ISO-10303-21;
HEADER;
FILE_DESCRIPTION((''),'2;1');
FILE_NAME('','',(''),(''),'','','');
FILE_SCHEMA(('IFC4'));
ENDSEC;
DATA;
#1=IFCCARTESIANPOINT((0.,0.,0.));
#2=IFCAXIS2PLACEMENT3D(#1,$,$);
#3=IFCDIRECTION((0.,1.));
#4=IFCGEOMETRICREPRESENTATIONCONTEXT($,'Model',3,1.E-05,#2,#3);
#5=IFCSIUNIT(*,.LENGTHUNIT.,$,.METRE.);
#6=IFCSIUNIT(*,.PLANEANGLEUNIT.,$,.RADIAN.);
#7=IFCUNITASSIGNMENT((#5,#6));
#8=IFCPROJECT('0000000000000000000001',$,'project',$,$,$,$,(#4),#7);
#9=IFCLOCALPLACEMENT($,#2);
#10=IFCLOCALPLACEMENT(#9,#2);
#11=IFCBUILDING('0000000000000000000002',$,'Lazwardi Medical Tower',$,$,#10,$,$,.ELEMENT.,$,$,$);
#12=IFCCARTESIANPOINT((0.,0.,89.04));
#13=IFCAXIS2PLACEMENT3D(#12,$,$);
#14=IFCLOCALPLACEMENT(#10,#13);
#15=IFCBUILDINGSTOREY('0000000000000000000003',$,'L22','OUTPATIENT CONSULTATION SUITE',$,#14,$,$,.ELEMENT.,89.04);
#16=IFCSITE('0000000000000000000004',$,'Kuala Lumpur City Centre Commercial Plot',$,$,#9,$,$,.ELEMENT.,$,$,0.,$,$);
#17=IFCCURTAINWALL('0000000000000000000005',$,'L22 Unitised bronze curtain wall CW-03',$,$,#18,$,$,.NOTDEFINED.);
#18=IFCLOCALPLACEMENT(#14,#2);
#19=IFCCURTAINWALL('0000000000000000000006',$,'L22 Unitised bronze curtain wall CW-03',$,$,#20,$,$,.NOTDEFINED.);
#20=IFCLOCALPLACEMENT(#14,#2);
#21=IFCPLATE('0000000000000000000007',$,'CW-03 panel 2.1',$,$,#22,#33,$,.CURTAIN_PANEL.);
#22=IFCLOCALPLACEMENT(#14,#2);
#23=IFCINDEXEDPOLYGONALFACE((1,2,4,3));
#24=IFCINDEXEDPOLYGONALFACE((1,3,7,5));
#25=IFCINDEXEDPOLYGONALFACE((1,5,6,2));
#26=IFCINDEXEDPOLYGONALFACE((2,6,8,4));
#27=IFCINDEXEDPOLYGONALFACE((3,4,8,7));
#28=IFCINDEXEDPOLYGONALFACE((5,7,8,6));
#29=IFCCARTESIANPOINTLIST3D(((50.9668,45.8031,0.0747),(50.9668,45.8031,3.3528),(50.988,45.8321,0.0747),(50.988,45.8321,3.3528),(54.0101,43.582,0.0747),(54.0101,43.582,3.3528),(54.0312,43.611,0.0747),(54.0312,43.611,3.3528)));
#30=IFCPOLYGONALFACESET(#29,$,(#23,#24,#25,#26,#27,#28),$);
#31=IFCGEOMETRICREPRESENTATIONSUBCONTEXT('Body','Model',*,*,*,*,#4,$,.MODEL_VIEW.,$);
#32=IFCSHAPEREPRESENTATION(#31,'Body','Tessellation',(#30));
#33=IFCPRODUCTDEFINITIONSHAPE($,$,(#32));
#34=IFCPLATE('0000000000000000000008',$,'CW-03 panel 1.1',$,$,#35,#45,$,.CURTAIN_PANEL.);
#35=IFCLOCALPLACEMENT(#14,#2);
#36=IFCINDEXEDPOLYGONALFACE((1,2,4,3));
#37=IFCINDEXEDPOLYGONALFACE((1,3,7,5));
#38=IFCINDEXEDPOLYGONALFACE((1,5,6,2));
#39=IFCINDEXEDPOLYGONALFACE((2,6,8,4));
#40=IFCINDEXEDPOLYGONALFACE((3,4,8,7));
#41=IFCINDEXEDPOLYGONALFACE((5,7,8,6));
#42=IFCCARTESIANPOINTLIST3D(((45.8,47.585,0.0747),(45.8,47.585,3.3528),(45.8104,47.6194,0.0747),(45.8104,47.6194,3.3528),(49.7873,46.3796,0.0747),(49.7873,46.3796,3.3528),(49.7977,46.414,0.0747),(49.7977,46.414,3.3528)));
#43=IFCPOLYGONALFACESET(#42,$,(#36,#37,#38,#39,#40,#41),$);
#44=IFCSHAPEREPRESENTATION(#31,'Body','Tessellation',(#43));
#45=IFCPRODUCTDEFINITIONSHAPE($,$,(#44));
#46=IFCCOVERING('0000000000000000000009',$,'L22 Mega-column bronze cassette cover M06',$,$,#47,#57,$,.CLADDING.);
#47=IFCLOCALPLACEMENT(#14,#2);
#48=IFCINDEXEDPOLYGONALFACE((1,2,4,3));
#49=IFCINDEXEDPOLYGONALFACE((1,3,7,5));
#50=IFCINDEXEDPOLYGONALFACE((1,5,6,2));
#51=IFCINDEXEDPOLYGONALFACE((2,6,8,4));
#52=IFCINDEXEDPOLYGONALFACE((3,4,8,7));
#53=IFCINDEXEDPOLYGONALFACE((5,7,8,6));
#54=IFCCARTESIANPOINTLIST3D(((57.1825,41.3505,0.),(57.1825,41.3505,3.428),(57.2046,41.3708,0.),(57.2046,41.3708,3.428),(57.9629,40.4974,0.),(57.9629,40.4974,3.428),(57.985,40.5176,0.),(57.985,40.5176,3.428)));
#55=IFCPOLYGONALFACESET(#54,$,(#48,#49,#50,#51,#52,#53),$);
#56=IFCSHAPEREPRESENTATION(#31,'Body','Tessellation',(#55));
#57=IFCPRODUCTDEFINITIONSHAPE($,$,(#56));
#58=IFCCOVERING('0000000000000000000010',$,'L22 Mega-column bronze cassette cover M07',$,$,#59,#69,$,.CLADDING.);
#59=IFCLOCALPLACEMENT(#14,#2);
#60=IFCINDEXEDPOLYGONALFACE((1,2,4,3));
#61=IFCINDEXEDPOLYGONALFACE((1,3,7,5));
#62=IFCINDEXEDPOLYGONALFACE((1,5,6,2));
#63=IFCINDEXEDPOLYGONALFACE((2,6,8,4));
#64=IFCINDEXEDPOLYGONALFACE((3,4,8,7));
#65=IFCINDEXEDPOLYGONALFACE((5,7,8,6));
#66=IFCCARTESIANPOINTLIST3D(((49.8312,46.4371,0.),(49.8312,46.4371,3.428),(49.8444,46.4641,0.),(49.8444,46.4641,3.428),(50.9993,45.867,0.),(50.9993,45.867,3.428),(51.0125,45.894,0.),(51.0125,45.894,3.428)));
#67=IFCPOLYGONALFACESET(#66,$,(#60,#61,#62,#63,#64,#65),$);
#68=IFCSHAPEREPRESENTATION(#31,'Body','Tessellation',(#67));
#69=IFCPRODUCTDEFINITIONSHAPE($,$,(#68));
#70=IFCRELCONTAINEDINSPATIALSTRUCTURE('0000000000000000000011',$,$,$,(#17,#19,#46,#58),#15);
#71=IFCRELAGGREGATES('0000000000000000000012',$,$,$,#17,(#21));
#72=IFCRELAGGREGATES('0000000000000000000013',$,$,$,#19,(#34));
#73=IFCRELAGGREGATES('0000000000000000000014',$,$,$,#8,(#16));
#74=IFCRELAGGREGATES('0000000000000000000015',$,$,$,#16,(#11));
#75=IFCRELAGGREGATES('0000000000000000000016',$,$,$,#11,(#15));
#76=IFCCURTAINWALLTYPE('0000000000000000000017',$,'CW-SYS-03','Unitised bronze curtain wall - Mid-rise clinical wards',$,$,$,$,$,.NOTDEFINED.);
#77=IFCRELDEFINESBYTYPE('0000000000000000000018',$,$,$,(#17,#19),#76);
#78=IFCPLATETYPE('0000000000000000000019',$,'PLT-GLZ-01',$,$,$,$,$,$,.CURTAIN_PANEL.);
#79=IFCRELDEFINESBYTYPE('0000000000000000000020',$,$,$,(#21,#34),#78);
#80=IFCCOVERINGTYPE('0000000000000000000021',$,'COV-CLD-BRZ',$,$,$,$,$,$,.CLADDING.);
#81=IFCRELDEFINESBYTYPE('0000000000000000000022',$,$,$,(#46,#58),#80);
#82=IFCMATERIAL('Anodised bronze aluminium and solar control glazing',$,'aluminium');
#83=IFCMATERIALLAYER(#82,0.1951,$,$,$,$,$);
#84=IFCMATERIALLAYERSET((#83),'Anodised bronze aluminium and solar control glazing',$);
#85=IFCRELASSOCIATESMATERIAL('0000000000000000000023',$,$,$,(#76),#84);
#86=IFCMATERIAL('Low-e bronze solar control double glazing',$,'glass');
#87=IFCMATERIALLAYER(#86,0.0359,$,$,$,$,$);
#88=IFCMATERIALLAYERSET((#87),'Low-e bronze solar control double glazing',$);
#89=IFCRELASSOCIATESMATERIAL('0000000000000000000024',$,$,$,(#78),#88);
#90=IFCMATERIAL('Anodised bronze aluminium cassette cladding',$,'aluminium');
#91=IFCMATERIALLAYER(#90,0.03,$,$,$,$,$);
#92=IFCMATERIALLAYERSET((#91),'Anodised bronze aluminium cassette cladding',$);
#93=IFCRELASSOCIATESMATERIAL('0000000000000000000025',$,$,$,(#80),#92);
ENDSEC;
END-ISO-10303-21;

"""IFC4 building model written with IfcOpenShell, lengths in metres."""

from ifc_helpers import new_model, si_unit, direction, frame, origin, origin_2d, place, context, subcontext, project, spatial, rectangle, extrude, material, layer, layer_set, type_object, element, aggregate, save


model = new_model("IFC4")

# Units and contexts
model_context = context("Model", 3, precision=1e-05, world=origin(), true_north=direction((0.0, 1.0)))
body_context = subcontext(model_context, "Body", "Model", "MODEL_VIEW")
ifc_project = project(units=[si_unit("LENGTHUNIT", "METRE"), si_unit("PLANEANGLEUNIT", "RADIAN")], contexts=[model_context])

# Site, building, storey
site_placement = place(None, origin())
site = spatial("IfcSite", under=ifc_project, at=site_placement, Name="Kuala Lumpur City Centre Commercial Plot", CompositionType="ELEMENT", RefElevation=0.0)
building_placement = place(site_placement, origin())
building = spatial("IfcBuilding", under=site, at=building_placement, Name="Lazwardi Medical Tower", CompositionType="ELEMENT")
storey_placement = place(building_placement, frame((0.0, 0.0, 89.04)))
storey = spatial("IfcBuildingStorey", under=building, at=storey_placement, Name="L22", Description="OUTPATIENT CONSULTATION SUITE", CompositionType="ELEMENT", Elevation=89.04)

# Shared definitions
ifc_material_1 = material(Name="Anodised bronze aluminium and solar control glazing", Category="aluminium")
ifc_layer_1 = layer(ifc_material_1, 0.1951)
ifc_layer_set_1 = layer_set([ifc_layer_1], Name="Anodised bronze aluminium and solar control glazing")
curtain_wall_type = type_object("IfcCurtainWallType", Name="CW-SYS-03", Description="Unitised bronze curtain wall - Mid-rise clinical wards", PredefinedType="NOTDEFINED", material=ifc_layer_set_1)

# Curtain wall
curtain_wall_1_placement = place(storey_placement, origin())
curtain_wall_1 = element("IfcCurtainWall", 1, at=curtain_wall_1_placement, inside=storey, type_object=curtain_wall_type, Name="L22 Unitised bronze curtain wall CW-03", PredefinedType="NOTDEFINED")

# Curtain wall
curtain_wall_2_placement = place(storey_placement, origin())
curtain_wall_2 = element("IfcCurtainWall", 2, at=curtain_wall_2_placement, inside=storey, type_object=curtain_wall_type, Name="L22 Unitised bronze curtain wall CW-03", PredefinedType="NOTDEFINED")

# Plates
ifc_material_2 = material(Name="Low-e bronze solar control double glazing", Category="glass")
ifc_layer_2 = layer(ifc_material_2, 0.0359)
ifc_layer_set_2 = layer_set([ifc_layer_2], Name="Low-e bronze solar control double glazing")
plate_type = type_object("IfcPlateType", Name="PLT-GLZ-01", PredefinedType="CURTAIN_PANEL", material=ifc_layer_set_2)
plate_1_placement = place(storey_placement, frame((52.499, 44.707, 0.0747), z_axis=(0.0, 0.0, 1.0), x_axis=(-0.807746, 0.589531, 0.0)))
plate_1 = element("IfcPlate", 3, at=plate_1_placement, type_object=plate_type, Name="CW-03 panel 2.1", PredefinedType="CURTAIN_PANEL", context=body_context, shape_type="SweptSolid", body=[
    extrude(rectangle(XDim=3.7676, YDim=0.0359, at=origin_2d()), origin(), (0.0, 0.0, 1.0), 3.2781),
])
aggregate(curtain_wall_1, [plate_1])
plate_2_placement = place(storey_placement, frame((47.7988, 46.9995, 0.0747), z_axis=(0.0, 0.0, 1.0), x_axis=(-0.957216, 0.289374, 0.0)))
plate_2 = element("IfcPlate", 4, at=plate_2_placement, type_object=plate_type, Name="CW-03 panel 1.1", PredefinedType="CURTAIN_PANEL", context=body_context, shape_type="SweptSolid", body=[
    extrude(rectangle(XDim=4.1655, YDim=0.0359, at=origin_2d()), origin(), (0.0, 0.0, 1.0), 3.2781),
])
aggregate(curtain_wall_2, [plate_2])

# Coverings
ifc_material_3 = material(Name="Anodised bronze aluminium cassette cladding", Category="aluminium")
ifc_layer_3 = layer(ifc_material_3, 0.03)
ifc_layer_set_3 = layer_set([ifc_layer_3], Name="Anodised bronze aluminium cassette cladding")
covering_type = type_object("IfcCoveringType", Name="COV-CLD-BRZ", PredefinedType="CLADDING", material=ifc_layer_set_3)
covering_1_placement = place(storey_placement, frame((57.5837, 40.9341, 0.0), z_axis=(0.0, 0.0, 1.0), x_axis=(-0.674926, 0.737885, 0.0)))
element("IfcCovering", 5, at=covering_1_placement, inside=storey, type_object=covering_type, Name="L22 Mega-column bronze cassette cover M06", PredefinedType="CLADDING", context=body_context, shape_type="SweptSolid", body=[
    extrude(rectangle(XDim=1.1562, YDim=0.03, at=origin_2d()), origin(), (0.0, 0.0, 1.0), 3.428),
])
covering_2_placement = place(storey_placement, frame((50.4219, 46.1655, 0.0), z_axis=(0.0, 0.0, 1.0), x_axis=(-0.898679, 0.438606, 0.0)))
element("IfcCovering", 6, at=covering_2_placement, inside=storey, type_object=covering_type, Name="L22 Mega-column bronze cassette cover M07", PredefinedType="CLADDING", context=body_context, shape_type="SweptSolid", body=[
    extrude(rectangle(XDim=1.2998, YDim=0.03, at=origin_2d()), origin(), (0.0, 0.0, 1.0), 3.428),
])

save(model, "model.ifc")
